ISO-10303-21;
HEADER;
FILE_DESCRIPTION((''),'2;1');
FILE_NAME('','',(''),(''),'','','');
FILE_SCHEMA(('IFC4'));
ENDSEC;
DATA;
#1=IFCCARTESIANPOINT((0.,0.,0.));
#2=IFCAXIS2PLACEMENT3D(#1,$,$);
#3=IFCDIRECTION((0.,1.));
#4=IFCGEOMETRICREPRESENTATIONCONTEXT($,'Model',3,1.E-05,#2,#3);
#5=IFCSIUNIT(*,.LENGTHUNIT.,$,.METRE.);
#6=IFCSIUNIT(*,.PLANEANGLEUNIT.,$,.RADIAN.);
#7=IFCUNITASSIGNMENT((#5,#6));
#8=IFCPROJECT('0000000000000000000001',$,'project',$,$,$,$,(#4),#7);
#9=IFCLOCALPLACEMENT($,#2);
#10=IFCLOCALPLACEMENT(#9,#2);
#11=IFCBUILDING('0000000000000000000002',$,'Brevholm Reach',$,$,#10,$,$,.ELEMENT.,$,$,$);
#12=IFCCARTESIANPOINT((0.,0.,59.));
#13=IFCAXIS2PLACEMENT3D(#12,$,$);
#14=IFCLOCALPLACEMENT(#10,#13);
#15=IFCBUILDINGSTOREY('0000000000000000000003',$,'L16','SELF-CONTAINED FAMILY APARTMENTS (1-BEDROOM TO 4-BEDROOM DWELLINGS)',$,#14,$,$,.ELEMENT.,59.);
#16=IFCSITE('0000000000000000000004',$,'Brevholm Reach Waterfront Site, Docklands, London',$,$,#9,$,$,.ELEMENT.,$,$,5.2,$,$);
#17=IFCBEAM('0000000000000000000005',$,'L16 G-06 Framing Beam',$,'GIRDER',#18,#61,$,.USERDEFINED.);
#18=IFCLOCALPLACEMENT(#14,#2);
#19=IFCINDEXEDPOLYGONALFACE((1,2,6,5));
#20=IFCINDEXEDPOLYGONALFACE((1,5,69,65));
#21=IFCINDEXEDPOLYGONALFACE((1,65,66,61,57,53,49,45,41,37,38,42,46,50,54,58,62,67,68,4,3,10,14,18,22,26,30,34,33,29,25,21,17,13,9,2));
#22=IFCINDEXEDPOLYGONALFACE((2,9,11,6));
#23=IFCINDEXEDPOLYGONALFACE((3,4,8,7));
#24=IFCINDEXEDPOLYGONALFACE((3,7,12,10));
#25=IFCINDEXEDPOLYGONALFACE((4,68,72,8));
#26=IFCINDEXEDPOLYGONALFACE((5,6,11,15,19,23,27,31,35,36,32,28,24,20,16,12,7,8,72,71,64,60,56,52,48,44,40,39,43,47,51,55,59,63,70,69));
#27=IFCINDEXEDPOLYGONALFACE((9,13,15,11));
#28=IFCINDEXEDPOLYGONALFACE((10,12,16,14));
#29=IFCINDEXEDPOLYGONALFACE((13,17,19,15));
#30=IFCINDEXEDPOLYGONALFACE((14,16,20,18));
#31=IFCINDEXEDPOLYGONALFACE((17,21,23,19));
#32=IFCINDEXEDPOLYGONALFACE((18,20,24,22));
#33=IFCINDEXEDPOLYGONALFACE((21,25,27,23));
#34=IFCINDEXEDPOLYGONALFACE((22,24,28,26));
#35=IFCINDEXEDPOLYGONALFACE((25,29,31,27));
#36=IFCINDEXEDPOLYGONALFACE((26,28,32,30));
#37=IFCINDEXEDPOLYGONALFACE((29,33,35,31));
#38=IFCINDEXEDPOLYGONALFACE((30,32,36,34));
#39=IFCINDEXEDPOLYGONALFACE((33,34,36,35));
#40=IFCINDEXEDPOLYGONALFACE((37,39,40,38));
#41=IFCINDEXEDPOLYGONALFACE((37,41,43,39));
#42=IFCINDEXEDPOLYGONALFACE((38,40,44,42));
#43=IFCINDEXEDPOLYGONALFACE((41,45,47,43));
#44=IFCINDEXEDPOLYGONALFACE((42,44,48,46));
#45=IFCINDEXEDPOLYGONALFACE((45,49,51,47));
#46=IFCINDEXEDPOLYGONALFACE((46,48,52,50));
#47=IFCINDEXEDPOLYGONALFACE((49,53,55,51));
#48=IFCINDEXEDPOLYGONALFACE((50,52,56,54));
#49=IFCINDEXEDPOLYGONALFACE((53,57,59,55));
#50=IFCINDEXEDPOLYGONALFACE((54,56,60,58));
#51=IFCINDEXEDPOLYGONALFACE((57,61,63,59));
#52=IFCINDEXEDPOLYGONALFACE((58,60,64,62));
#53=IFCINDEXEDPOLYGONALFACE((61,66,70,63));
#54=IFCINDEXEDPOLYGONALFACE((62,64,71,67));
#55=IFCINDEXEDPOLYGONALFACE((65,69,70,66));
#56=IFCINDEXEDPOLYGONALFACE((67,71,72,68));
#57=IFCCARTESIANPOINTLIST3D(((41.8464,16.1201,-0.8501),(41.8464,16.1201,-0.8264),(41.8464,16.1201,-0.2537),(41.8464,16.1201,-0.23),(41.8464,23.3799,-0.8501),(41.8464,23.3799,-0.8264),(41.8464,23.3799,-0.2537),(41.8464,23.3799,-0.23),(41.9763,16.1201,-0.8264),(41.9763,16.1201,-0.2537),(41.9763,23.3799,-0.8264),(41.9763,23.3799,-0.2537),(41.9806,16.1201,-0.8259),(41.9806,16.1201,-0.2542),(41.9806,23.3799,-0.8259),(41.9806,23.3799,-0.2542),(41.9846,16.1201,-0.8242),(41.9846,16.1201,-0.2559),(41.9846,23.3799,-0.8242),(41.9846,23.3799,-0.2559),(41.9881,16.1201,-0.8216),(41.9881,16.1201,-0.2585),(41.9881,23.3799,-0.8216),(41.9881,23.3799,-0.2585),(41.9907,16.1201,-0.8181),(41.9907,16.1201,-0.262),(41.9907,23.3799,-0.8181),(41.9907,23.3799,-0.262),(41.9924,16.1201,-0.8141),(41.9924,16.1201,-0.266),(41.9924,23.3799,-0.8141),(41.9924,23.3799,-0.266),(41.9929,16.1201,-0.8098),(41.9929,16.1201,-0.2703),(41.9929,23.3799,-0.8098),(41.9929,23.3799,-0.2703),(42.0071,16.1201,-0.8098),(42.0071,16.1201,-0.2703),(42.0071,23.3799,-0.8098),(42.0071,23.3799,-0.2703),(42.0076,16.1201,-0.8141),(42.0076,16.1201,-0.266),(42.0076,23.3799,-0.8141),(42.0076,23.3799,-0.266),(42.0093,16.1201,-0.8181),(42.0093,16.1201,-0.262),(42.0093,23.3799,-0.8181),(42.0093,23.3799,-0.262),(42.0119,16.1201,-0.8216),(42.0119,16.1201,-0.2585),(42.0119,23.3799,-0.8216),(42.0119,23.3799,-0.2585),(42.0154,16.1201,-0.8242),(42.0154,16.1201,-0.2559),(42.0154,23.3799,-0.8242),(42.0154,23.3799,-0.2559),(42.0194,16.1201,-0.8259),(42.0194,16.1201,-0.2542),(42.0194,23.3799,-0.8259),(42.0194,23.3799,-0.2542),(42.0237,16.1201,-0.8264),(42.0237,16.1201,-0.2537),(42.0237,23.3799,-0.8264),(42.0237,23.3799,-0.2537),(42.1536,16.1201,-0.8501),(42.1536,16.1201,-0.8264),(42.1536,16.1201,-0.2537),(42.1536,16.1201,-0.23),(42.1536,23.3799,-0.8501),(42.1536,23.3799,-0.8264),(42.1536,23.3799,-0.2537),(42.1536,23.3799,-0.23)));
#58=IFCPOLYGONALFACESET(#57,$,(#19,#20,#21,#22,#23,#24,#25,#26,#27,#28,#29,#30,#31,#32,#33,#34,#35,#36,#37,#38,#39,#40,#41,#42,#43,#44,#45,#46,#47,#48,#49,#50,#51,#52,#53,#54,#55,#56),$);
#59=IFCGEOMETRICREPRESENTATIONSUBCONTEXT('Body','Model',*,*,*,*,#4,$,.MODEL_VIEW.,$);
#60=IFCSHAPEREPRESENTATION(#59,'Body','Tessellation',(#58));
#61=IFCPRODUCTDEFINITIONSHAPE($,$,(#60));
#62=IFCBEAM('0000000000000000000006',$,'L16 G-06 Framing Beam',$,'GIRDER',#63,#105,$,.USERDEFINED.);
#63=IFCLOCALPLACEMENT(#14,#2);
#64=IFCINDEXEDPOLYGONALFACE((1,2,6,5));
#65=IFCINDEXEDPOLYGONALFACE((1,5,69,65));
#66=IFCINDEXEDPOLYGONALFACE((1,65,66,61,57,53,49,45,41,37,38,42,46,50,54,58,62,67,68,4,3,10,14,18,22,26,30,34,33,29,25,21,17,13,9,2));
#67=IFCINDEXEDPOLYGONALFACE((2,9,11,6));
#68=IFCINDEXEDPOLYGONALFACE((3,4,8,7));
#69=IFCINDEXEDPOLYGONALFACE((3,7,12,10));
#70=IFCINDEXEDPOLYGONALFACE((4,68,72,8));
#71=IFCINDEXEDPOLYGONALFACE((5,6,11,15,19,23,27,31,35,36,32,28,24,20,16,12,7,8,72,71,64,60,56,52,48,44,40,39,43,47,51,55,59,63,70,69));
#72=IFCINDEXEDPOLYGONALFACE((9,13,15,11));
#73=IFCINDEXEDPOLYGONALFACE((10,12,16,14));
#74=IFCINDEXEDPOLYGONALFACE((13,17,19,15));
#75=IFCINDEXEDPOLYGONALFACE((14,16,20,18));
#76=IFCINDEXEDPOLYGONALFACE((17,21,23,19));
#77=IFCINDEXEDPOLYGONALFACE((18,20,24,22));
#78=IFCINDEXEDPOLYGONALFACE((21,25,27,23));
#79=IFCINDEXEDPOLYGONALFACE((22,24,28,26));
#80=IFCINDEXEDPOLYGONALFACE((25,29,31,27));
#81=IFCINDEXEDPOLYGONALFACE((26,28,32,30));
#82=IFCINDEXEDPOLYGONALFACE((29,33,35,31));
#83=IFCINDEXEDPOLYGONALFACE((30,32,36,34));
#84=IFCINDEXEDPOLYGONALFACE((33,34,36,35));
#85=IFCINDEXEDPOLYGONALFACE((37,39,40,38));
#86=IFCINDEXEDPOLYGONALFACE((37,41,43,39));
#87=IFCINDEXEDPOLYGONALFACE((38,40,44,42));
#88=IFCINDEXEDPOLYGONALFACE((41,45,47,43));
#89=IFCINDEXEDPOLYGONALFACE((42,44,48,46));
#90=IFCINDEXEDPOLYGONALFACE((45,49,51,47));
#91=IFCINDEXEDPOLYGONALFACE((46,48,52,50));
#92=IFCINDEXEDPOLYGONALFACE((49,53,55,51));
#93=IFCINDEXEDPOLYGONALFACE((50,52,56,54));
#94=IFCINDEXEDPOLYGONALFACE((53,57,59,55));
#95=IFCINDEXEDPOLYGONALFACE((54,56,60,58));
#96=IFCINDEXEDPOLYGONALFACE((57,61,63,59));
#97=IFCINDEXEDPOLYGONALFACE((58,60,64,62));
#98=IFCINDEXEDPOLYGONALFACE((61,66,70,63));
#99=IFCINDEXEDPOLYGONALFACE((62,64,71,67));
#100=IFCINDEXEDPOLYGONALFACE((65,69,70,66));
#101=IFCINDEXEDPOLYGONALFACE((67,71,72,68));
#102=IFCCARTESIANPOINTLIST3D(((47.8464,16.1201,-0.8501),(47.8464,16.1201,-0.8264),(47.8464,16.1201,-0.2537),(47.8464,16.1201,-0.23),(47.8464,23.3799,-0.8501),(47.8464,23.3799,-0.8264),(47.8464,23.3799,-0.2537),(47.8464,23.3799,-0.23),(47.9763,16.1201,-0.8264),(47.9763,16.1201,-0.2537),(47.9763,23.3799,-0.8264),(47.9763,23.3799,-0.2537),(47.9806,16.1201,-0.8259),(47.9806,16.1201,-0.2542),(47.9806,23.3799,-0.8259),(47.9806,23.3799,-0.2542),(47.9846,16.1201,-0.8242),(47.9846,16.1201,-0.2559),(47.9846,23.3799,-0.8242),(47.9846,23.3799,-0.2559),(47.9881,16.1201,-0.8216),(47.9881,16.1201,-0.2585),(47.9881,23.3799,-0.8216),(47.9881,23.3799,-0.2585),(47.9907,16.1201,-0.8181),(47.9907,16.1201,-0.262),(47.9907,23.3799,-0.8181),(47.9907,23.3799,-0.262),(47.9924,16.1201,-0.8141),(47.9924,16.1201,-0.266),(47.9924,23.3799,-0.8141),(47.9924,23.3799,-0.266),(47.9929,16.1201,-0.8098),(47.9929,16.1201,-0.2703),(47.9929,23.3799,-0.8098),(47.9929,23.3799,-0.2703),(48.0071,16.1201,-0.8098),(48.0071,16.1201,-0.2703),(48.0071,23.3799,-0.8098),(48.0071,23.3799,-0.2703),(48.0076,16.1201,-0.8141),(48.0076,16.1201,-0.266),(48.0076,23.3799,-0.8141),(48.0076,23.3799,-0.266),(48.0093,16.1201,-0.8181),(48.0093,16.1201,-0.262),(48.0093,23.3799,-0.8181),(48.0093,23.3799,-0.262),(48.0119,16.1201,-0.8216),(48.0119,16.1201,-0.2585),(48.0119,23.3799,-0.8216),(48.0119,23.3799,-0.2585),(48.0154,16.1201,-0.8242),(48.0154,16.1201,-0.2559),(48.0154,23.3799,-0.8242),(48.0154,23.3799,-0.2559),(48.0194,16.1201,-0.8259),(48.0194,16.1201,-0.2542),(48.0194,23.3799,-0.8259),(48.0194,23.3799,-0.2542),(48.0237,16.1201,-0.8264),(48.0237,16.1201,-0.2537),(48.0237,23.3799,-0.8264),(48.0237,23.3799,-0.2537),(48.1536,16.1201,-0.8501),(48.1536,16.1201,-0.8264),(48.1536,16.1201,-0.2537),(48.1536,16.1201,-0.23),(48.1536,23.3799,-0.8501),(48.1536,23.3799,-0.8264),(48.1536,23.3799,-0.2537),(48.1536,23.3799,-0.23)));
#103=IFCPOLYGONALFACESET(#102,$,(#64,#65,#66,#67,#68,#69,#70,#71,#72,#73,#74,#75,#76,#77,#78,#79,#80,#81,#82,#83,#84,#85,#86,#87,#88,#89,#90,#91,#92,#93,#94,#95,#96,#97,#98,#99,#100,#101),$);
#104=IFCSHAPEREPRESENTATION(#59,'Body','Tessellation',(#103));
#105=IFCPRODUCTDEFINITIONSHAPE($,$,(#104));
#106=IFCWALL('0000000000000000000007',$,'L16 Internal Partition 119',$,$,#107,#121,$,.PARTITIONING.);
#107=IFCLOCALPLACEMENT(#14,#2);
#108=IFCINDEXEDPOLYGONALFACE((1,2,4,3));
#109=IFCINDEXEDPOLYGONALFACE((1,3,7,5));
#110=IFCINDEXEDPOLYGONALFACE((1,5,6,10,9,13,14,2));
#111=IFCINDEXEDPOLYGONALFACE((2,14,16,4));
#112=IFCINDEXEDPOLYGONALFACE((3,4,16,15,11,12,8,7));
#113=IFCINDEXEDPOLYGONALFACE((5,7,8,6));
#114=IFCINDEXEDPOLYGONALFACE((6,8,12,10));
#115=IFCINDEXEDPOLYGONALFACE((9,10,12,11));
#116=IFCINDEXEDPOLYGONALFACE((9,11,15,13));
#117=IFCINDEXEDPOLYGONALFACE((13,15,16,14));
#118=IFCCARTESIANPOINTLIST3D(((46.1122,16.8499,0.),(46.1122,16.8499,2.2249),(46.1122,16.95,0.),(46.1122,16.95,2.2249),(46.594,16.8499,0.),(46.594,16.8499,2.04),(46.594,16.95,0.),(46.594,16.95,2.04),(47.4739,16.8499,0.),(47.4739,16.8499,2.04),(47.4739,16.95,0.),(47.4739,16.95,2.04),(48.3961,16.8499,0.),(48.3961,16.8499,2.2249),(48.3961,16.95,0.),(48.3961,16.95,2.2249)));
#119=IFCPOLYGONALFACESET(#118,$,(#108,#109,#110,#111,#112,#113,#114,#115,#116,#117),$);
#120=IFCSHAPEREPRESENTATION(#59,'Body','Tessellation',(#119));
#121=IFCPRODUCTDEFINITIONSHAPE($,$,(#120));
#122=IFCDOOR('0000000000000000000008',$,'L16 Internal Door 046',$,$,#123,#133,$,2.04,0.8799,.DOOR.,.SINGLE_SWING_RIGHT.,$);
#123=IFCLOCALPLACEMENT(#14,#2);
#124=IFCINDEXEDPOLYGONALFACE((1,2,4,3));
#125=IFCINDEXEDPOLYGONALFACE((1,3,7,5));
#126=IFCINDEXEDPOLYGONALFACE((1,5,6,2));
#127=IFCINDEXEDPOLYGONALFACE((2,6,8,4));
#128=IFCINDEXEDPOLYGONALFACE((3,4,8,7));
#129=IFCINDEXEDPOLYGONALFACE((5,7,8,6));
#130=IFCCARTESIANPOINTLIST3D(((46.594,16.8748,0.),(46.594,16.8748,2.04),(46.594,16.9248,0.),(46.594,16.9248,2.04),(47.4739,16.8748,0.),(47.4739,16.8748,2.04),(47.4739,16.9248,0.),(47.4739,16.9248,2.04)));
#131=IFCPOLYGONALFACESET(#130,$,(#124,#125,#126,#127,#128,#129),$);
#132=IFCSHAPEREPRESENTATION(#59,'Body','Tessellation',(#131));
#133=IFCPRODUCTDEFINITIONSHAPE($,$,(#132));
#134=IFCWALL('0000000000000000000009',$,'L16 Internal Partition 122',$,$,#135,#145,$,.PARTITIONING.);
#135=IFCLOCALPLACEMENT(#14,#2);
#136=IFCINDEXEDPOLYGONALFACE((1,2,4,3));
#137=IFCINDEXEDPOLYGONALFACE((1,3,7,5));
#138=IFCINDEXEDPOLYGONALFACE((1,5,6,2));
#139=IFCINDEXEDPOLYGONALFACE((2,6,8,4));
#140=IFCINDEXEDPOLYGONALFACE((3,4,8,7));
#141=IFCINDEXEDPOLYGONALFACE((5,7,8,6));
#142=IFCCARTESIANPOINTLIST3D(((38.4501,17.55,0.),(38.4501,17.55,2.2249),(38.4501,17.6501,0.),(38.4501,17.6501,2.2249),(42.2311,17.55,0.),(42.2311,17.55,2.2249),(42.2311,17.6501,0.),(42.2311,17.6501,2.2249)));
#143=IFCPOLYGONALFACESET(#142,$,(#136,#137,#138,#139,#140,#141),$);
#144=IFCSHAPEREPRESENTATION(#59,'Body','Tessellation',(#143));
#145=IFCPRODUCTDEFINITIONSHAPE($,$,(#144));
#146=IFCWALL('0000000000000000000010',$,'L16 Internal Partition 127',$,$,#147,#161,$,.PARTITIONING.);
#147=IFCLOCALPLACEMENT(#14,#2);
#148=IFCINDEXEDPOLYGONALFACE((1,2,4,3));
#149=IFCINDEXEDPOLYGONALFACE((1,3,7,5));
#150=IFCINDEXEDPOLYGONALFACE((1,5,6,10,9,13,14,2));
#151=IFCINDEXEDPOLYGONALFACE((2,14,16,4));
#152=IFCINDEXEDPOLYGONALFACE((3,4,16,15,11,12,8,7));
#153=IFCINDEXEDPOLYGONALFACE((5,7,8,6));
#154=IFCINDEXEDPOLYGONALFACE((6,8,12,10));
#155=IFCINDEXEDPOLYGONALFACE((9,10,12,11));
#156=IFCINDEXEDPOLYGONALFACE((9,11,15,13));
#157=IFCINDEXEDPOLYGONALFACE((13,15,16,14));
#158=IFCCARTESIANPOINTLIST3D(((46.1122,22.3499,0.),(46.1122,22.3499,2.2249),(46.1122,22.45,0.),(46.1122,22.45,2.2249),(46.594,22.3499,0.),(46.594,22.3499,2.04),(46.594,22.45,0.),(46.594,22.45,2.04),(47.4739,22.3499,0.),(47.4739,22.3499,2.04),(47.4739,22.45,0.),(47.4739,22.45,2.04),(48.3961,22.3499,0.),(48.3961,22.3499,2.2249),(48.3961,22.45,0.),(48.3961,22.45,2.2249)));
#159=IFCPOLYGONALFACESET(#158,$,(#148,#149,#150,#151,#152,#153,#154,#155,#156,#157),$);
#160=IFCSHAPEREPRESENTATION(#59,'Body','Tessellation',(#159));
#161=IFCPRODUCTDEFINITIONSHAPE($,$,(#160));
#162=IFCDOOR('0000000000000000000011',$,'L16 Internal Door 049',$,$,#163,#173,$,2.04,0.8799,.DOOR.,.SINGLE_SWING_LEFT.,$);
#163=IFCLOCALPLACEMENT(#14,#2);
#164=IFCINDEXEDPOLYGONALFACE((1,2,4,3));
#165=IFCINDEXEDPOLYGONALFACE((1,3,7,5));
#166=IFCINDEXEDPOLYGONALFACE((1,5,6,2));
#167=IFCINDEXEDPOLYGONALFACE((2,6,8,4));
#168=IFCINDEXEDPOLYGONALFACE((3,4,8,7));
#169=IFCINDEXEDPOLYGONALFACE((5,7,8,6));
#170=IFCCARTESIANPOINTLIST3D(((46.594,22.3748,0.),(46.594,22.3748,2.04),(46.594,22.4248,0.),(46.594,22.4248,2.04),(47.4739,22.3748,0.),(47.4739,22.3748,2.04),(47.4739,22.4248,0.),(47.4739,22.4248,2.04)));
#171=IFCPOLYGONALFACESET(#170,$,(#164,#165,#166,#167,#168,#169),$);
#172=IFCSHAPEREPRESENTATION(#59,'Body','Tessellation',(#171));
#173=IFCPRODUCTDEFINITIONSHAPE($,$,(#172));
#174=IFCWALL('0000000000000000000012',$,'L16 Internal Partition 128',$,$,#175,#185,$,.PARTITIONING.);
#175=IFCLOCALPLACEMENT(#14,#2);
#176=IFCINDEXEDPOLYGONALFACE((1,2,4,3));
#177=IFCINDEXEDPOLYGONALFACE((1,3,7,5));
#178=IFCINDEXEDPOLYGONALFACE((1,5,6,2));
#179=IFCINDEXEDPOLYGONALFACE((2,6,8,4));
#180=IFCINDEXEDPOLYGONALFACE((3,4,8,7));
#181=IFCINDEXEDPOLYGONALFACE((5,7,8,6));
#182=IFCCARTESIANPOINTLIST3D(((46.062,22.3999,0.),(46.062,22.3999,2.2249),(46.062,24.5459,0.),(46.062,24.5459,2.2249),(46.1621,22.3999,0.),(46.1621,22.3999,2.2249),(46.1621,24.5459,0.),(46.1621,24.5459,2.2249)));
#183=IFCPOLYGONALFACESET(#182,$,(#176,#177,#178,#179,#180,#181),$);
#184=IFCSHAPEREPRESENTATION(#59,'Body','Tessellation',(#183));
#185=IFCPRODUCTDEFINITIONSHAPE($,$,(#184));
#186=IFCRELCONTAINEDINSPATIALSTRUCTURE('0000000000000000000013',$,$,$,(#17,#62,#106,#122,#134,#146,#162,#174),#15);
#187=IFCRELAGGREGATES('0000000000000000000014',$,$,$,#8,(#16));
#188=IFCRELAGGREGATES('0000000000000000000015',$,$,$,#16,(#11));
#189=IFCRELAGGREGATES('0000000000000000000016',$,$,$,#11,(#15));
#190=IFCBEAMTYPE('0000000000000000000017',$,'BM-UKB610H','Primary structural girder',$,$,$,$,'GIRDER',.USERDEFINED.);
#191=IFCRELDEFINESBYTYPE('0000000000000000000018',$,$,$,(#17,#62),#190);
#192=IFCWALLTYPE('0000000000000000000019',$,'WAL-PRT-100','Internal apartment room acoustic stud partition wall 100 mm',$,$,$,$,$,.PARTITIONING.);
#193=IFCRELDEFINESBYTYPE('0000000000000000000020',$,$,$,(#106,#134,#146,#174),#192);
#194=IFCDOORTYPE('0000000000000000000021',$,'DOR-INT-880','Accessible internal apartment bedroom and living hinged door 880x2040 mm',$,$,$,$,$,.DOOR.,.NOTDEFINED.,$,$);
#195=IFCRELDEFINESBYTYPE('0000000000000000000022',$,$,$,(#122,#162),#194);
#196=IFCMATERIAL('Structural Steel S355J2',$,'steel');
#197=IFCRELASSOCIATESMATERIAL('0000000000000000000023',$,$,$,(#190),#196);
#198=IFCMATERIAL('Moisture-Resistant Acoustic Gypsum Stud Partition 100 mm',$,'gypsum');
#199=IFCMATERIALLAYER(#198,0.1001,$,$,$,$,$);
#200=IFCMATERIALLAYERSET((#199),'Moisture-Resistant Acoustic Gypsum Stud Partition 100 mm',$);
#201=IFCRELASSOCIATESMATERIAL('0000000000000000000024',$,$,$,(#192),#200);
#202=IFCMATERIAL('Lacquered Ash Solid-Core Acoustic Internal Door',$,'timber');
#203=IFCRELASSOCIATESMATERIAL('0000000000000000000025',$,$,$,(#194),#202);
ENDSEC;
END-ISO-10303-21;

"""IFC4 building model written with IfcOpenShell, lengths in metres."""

from ifc_helpers import new_model, si_unit, direction, frame, frame_2d, origin, origin_2d, place, context, subcontext, project, spatial, rectangle, i_section, extrude, material, layer, layer_set, material_profile, profile_set, type_object, element, fill, save


model = new_model("IFC4")

# Units and contexts
model_context = context("Model", 3, precision=1e-05, world=origin(), true_north=direction((0.0, 1.0)))
body_context = subcontext(model_context, "Body", "Model", "MODEL_VIEW")
ifc_project = project(units=[si_unit("LENGTHUNIT", "METRE"), si_unit("PLANEANGLEUNIT", "RADIAN")], contexts=[model_context])

# Site, building, storey
site_placement = place(None, origin())
site = spatial("IfcSite", under=ifc_project, at=site_placement, Name="Brevholm Reach Waterfront Site, Docklands, London", CompositionType="ELEMENT", RefElevation=5.2)
building_placement = place(site_placement, origin())
building = spatial("IfcBuilding", under=site, at=building_placement, Name="Brevholm Reach", CompositionType="ELEMENT")
storey_placement = place(building_placement, frame((0.0, 0.0, 59.0)))
storey = spatial("IfcBuildingStorey", under=building, at=storey_placement, Name="L16", Description="SELF-CONTAINED FAMILY APARTMENTS (1-BEDROOM TO 4-BEDROOM DWELLINGS)", CompositionType="ELEMENT", Elevation=59.0)

# Beams
ifc_material_1 = material(Name="Structural Steel S355J2", Category="steel")
ifc_material_profile_1 = material_profile(ifc_material_1, i_section(OverallWidth=0.3071, OverallDepth=0.6201, WebThickness=0.0142, FlangeThickness=0.0237, FilletRadius=0.0166, at=origin_2d()), Name="UKB 610x305x179")
ifc_profile_set_1 = profile_set([ifc_material_profile_1], Name="Structural Steel S355J2")
beam_type_1 = type_object("IfcBeamType", Name="BM-UKB610H", Description="Primary structural girder", ElementType="GIRDER", PredefinedType="USERDEFINED", material=ifc_profile_set_1)
for number, where, z_axis, x_axis, name in (
    (1, (42.0, 16.1201, -0.54), (0.0, 1.0, 0.0), (-1.0, 0.0, 0.0), "L16 G-06 Framing Beam"),
    (2, (48.0, 16.1201, -0.54), (0.0, 1.0, 0.0), (-1.0, 0.0, 0.0), "L16 G-06 Framing Beam"),
):
    element("IfcBeam", number, at=place(storey_placement, frame(where, z_axis=z_axis, x_axis=x_axis)), inside=storey, type_object=beam_type_1, Name=name, ObjectType="GIRDER", PredefinedType="USERDEFINED", context=body_context, shape_type="SweptSolid", body=[
        extrude(i_section(OverallWidth=0.3071, OverallDepth=0.6201, WebThickness=0.0142, FlangeThickness=0.0237, FilletRadius=0.0166, at=origin_2d()), origin(), (0.0, 0.0, 1.0), 7.2598),
    ])

# Wall, opening, door
ifc_material_2 = material(Name="Moisture-Resistant Acoustic Gypsum Stud Partition 100 mm", Category="gypsum")
ifc_layer_1 = layer(ifc_material_2, 0.1001)
ifc_layer_set_1 = layer_set([ifc_layer_1], Name="Moisture-Resistant Acoustic Gypsum Stud Partition 100 mm")
wall_type_1 = type_object("IfcWallType", Name="WAL-PRT-100", Description="Internal apartment room acoustic stud partition wall 100 mm", PredefinedType="PARTITIONING", material=ifc_layer_set_1)
wall_1_placement = place(storey_placement, frame((46.1121, 16.8999, 0.0), z_axis=(0.0, 0.0, 1.0), x_axis=(1.0, 0.0, 0.0)))
wall_1 = element("IfcWall", 3, at=wall_1_placement, inside=storey, type_object=wall_type_1, Name="L16 Internal Partition 119", PredefinedType="PARTITIONING", context=body_context, shape_type="SweptSolid", body=[
    extrude(rectangle(XDim=2.2839, YDim=0.1001, at=frame_2d((1.1421, 0.0))), origin(), (0.0, 0.0, 1.0), 2.2249),
])
opening_1_placement = place(wall_1_placement, frame((0.4819, 0.0, 0.0)))
opening_1 = element("IfcOpeningElement", 4, at=opening_1_placement, cuts=wall_1, PredefinedType="OPENING", context=body_context, shape_type="SweptSolid", body=[
    extrude(rectangle(XDim=0.8799, YDim=2.04, at=frame_2d((0.4399, 1.02))), frame((0.0, 0.0601, 0.0), z_axis=(0.0, -1.0, 0.0), x_axis=(1.0, 0.0, 0.0)), (0.0, 0.0, 1.0), 0.1201),
])
ifc_material_3 = material(Name="Lacquered Ash Solid-Core Acoustic Internal Door", Category="timber")
door_type = type_object("IfcDoorType", Name="DOR-INT-880", Description="Accessible internal apartment bedroom and living hinged door 880x2040 mm", OperationType="NOTDEFINED", PredefinedType="DOOR", material=ifc_material_3)
door_1_placement = place(opening_1_placement, origin())
door_1 = element("IfcDoor", 5, at=door_1_placement, inside=storey, type_object=door_type, Name="L16 Internal Door 046", OperationType="SINGLE_SWING_RIGHT", OverallHeight=2.04, OverallWidth=0.8799, PredefinedType="DOOR", context=body_context, shape_type="SweptSolid", body=[
    extrude(rectangle(XDim=0.8799, YDim=2.04, at=frame_2d((0.4399, 1.02))), frame((0.0, 0.0249, 0.0), z_axis=(0.0, -1.0, 0.0), x_axis=(1.0, 0.0, 0.0)), (0.0, 0.0, 1.0), 0.05),
])
fill(opening_1, door_1)

# Wall
wall_2_placement = place(storey_placement, frame((38.45, 17.6001, 0.0), z_axis=(0.0, 0.0, 1.0), x_axis=(1.0, 0.0, 0.0)))
element("IfcWall", 6, at=wall_2_placement, inside=storey, type_object=wall_type_1, Name="L16 Internal Partition 122", PredefinedType="PARTITIONING", context=body_context, shape_type="SweptSolid", body=[
    extrude(rectangle(XDim=3.781, YDim=0.1001, at=frame_2d((1.8906, 0.0))), origin(), (0.0, 0.0, 1.0), 2.2249),
])

# Wall, opening, door
wall_3_placement = place(storey_placement, frame((46.1121, 22.3999, 0.0), z_axis=(0.0, 0.0, 1.0), x_axis=(1.0, 0.0, 0.0)))
wall_3 = element("IfcWall", 7, at=wall_3_placement, inside=storey, type_object=wall_type_1, Name="L16 Internal Partition 127", PredefinedType="PARTITIONING", context=body_context, shape_type="SweptSolid", body=[
    extrude(rectangle(XDim=2.2839, YDim=0.1001, at=frame_2d((1.1421, 0.0))), origin(), (0.0, 0.0, 1.0), 2.2249),
])
opening_2_placement = place(wall_3_placement, frame((0.4819, 0.0, 0.0)))
opening_2 = element("IfcOpeningElement", 8, at=opening_2_placement, cuts=wall_3, PredefinedType="OPENING", context=body_context, shape_type="SweptSolid", body=[
    extrude(rectangle(XDim=0.8799, YDim=2.04, at=frame_2d((0.4399, 1.02))), frame((0.0, 0.0601, 0.0), z_axis=(0.0, -1.0, 0.0), x_axis=(1.0, 0.0, 0.0)), (0.0, 0.0, 1.0), 0.1201),
])
door_2_placement = place(opening_2_placement, origin())
door_2 = element("IfcDoor", 9, at=door_2_placement, inside=storey, type_object=door_type, Name="L16 Internal Door 049", OperationType="SINGLE_SWING_LEFT", OverallHeight=2.04, OverallWidth=0.8799, PredefinedType="DOOR", context=body_context, shape_type="SweptSolid", body=[
    extrude(rectangle(XDim=0.8799, YDim=2.04, at=frame_2d((0.4399, 1.02))), frame((0.0, 0.0249, 0.0), z_axis=(0.0, -1.0, 0.0), x_axis=(1.0, 0.0, 0.0)), (0.0, 0.0, 1.0), 0.05),
])
fill(opening_2, door_2)

# Wall
wall_4_placement = place(storey_placement, frame((46.1121, 22.3999, 0.0), z_axis=(0.0, 0.0, 1.0), x_axis=(0.0, 1.0, 0.0)))
element("IfcWall", 10, at=wall_4_placement, inside=storey, type_object=wall_type_1, Name="L16 Internal Partition 128", PredefinedType="PARTITIONING", context=body_context, shape_type="SweptSolid", body=[
    extrude(rectangle(XDim=2.146, YDim=0.1001, at=frame_2d((1.073, 0.0))), origin(), (0.0, 0.0, 1.0), 2.2249),
])

save(model, "model.ifc")
